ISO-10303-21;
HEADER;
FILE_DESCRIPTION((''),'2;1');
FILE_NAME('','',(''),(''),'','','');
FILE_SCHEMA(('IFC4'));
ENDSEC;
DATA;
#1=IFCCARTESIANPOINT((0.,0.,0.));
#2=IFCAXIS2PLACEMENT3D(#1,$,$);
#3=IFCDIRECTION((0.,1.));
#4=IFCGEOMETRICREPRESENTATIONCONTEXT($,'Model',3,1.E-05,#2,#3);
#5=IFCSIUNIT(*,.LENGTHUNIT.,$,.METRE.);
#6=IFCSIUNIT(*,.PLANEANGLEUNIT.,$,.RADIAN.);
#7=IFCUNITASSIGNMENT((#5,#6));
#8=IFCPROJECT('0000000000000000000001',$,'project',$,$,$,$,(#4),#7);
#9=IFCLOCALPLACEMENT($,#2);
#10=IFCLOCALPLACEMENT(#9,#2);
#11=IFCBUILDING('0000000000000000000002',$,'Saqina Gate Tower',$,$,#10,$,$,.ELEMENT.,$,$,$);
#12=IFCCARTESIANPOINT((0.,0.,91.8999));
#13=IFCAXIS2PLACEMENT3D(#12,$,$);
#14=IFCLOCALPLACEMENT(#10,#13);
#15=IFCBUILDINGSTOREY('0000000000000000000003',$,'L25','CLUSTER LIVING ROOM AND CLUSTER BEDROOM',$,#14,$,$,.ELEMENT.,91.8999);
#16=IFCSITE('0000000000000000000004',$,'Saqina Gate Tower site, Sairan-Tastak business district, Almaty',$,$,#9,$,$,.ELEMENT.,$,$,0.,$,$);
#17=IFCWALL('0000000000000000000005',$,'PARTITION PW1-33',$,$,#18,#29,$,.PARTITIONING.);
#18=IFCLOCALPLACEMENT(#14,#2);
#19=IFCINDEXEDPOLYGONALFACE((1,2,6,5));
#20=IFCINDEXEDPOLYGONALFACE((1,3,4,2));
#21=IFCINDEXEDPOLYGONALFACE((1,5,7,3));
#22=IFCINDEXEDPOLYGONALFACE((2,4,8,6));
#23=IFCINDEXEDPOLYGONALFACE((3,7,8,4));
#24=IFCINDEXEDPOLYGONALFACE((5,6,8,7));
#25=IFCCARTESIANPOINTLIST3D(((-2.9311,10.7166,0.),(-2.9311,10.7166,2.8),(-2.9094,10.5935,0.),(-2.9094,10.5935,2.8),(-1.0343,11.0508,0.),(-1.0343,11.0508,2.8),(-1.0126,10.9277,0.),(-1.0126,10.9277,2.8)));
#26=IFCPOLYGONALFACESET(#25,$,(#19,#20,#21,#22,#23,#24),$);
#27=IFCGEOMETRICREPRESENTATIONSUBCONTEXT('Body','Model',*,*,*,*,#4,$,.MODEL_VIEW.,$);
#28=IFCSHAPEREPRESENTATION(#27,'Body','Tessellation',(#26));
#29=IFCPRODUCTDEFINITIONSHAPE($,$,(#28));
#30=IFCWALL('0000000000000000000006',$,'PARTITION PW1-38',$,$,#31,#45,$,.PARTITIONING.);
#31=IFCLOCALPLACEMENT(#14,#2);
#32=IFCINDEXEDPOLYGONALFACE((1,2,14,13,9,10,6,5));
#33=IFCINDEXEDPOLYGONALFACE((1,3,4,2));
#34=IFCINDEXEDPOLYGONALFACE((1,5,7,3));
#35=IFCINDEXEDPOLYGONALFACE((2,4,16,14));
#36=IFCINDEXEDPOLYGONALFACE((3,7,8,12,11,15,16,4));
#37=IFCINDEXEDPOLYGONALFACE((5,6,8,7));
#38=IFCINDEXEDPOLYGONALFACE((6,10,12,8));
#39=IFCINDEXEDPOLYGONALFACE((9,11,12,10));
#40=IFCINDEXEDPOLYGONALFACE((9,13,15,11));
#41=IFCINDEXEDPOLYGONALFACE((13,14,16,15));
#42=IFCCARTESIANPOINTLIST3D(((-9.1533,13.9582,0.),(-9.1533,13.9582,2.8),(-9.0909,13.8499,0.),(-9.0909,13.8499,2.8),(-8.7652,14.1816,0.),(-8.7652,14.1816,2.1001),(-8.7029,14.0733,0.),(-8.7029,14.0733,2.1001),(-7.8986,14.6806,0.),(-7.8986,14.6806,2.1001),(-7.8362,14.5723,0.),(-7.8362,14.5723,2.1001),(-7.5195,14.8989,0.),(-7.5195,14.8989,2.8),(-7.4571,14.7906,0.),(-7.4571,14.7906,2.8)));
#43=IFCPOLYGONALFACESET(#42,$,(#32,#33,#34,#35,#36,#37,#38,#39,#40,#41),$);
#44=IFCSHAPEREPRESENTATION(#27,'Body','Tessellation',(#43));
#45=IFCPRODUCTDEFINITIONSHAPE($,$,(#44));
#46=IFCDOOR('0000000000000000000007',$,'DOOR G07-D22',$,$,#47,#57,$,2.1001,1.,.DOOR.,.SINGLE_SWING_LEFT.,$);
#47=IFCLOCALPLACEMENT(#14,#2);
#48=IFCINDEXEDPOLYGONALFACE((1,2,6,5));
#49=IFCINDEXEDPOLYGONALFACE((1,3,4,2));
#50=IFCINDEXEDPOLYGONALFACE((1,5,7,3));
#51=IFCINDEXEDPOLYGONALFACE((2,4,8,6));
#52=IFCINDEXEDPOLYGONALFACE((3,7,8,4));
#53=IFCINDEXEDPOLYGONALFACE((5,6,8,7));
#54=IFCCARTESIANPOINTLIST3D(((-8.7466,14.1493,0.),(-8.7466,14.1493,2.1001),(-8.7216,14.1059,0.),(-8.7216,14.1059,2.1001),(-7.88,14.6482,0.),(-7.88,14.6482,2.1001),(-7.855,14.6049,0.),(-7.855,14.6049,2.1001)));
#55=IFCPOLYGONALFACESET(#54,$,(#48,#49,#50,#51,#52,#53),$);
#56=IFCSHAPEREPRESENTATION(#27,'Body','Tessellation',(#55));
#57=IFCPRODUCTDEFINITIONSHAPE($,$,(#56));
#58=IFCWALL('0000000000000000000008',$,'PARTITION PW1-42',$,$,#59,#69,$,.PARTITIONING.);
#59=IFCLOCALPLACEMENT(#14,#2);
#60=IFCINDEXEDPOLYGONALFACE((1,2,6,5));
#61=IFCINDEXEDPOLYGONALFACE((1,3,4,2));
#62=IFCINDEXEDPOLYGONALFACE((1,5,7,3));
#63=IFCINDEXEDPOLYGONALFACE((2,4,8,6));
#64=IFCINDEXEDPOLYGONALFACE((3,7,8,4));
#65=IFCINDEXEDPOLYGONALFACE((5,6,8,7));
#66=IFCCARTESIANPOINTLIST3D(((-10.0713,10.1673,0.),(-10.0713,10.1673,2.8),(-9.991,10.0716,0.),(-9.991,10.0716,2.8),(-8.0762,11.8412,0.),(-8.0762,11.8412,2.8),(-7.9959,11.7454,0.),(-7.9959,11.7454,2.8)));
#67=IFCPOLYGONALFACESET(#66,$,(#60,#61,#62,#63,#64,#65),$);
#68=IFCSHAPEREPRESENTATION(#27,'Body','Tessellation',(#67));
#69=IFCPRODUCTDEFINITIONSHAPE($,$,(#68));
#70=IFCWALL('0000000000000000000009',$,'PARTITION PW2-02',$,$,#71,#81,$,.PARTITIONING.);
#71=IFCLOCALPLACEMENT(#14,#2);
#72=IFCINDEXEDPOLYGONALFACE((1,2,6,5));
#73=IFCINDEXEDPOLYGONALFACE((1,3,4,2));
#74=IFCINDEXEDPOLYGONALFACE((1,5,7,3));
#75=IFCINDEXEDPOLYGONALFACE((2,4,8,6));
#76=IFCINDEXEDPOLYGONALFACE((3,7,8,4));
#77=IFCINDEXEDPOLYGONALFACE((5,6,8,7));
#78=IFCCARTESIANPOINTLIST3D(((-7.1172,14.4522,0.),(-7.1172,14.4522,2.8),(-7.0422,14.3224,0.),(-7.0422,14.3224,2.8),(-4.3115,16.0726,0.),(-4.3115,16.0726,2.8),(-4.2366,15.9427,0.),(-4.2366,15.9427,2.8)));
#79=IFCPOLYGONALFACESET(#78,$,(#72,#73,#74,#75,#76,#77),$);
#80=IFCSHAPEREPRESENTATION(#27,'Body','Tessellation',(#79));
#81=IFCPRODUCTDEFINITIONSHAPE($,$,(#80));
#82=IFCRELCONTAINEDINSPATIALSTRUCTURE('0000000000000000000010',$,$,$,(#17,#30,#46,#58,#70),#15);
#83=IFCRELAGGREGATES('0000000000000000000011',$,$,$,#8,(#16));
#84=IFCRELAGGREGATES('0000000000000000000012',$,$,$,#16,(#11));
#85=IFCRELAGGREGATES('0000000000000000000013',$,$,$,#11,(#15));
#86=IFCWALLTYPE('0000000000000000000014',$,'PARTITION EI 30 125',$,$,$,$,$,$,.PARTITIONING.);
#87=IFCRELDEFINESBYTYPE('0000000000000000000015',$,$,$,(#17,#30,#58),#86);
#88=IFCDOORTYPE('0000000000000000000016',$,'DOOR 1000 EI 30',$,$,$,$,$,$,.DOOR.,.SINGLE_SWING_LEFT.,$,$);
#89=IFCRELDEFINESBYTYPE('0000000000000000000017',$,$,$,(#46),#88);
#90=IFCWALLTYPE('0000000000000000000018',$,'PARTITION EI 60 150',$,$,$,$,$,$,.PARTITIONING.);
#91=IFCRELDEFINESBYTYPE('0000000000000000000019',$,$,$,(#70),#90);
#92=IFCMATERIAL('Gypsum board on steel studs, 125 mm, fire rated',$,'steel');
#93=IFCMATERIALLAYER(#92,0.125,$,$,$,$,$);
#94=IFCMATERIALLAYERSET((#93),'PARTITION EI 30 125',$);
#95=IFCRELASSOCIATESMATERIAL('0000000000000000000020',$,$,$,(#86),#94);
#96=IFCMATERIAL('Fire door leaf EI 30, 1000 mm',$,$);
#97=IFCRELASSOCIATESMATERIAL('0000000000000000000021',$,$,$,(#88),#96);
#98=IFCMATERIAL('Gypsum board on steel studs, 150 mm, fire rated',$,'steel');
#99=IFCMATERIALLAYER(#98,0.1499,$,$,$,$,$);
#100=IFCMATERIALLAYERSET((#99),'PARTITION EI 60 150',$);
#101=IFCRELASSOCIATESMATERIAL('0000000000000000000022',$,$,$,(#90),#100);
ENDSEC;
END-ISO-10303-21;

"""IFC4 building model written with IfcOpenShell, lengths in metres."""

from ifc_helpers import new_model, si_unit, direction, frame, frame_2d, origin, place, context, subcontext, project, spatial, rectangle, extrude, material, layer, layer_set, type_object, element, fill, save


model = new_model("IFC4")

# Units and contexts
model_context = context("Model", 3, precision=1e-05, world=origin(), true_north=direction((0.0, 1.0)))
body_context = subcontext(model_context, "Body", "Model", "MODEL_VIEW")
ifc_project = project(units=[si_unit("LENGTHUNIT", "METRE"), si_unit("PLANEANGLEUNIT", "RADIAN")], contexts=[model_context])

# Site, building, storey
site_placement = place(None, origin())
site = spatial("IfcSite", under=ifc_project, at=site_placement, Name="Saqina Gate Tower site, Sairan-Tastak business district, Almaty", CompositionType="ELEMENT", RefElevation=0.0)
building_placement = place(site_placement, origin())
building = spatial("IfcBuilding", under=site, at=building_placement, Name="Saqina Gate Tower", CompositionType="ELEMENT")
storey_placement = place(building_placement, frame((0.0, 0.0, 91.8999)))
storey = spatial("IfcBuildingStorey", under=building, at=storey_placement, Name="L25", Description="CLUSTER LIVING ROOM AND CLUSTER BEDROOM", CompositionType="ELEMENT", Elevation=91.8999)

# Shared definitions
ifc_material_1 = material(Name="Gypsum board on steel studs, 125 mm, fire rated", Category="steel")
ifc_layer_1 = layer(ifc_material_1, 0.125)
ifc_layer_set_1 = layer_set([ifc_layer_1], Name="PARTITION EI 30 125")
wall_type_1 = type_object("IfcWallType", Name="PARTITION EI 30 125", PredefinedType="PARTITIONING", material=ifc_layer_set_1)

# Shared definitions
ifc_material_2 = material(Name="Fire door leaf EI 30, 1000 mm")
door_type_1 = type_object("IfcDoorType", Name="DOOR 1000 EI 30", OperationType="SINGLE_SWING_LEFT", PredefinedType="DOOR", material=ifc_material_2)

# Wall
wall_1_placement = place(storey_placement, frame((-2.9202, 10.655, 0.0), z_axis=(0.0, 0.0, 1.0), x_axis=(0.984827, 0.173539, 0.0)))
element("IfcWall", 1, at=wall_1_placement, inside=storey, type_object=wall_type_1, Name="PARTITION PW1-33", PredefinedType="PARTITIONING", context=body_context, shape_type="SweptSolid", body=[
    extrude(rectangle(XDim=1.926, YDim=0.125, at=frame_2d((0.9629, 0.0))), origin(), (0.0, 0.0, 1.0), 2.8),
])

# Wall, opening, door
wall_2_placement = place(storey_placement, frame((-9.1221, 13.9041, 0.0), z_axis=(0.0, 0.0, 1.0), x_axis=(0.866621, 0.498967, 0.0)))
wall_2 = element("IfcWall", 2, at=wall_2_placement, inside=storey, type_object=wall_type_1, Name="PARTITION PW1-38", PredefinedType="PARTITIONING", context=body_context, shape_type="SweptSolid", body=[
    extrude(rectangle(XDim=1.8853, YDim=0.125, at=frame_2d((0.9426, 0.0))), origin(), (0.0, 0.0, 1.0), 2.8),
])
opening_1_placement = place(wall_2_placement, frame((0.4478, 0.0, 0.0)))
opening_1 = element("IfcOpeningElement", 3, at=opening_1_placement, cuts=wall_2, PredefinedType="OPENING", context=body_context, shape_type="SweptSolid", body=[
    extrude(rectangle(XDim=1.0, YDim=2.1001, at=frame_2d((0.5, 1.05))), frame((0.0, 0.0745, 0.0), z_axis=(0.0, -1.0, 0.0), x_axis=(1.0, 0.0, 0.0)), (0.0, 0.0, 1.0), 0.1489),
])
door_1_placement = place(opening_1_placement, frame((1.0, 0.0, 0.0), z_axis=(0.0, 0.0, 1.0), x_axis=(-1.0, 0.0, 0.0)))
door_1 = element("IfcDoor", 4, at=door_1_placement, inside=storey, type_object=door_type_1, Name="DOOR G07-D22", OperationType="SINGLE_SWING_LEFT", OverallHeight=2.1001, OverallWidth=1.0, PredefinedType="DOOR", context=body_context, shape_type="SweptSolid", body=[
    extrude(rectangle(XDim=1.0, YDim=2.1001, at=frame_2d((0.5, 1.05))), frame((0.0, 0.0249, 0.0), z_axis=(0.0, -1.0, 0.0), x_axis=(1.0, 0.0, 0.0)), (0.0, 0.0, 1.0), 0.05),
])
fill(opening_1, door_1)

# Walls
wall_3_placement = place(storey_placement, frame((-10.0312, 10.1194, 0.0), z_axis=(0.0, 0.0, 1.0), x_axis=(0.766096, 0.642726, 0.0)))
element("IfcWall", 5, at=wall_3_placement, inside=storey, type_object=wall_type_1, Name="PARTITION PW1-42", PredefinedType="PARTITIONING", context=body_context, shape_type="SweptSolid", body=[
    extrude(rectangle(XDim=2.6042, YDim=0.125, at=frame_2d((1.3022, 0.0))), origin(), (0.0, 0.0, 1.0), 2.8),
])
ifc_material_3 = material(Name="Gypsum board on steel studs, 150 mm, fire rated", Category="steel")
ifc_layer_2 = layer(ifc_material_3, 0.1499)
ifc_layer_set_2 = layer_set([ifc_layer_2], Name="PARTITION EI 60 150")
wall_type_2 = type_object("IfcWallType", Name="PARTITION EI 60 150", PredefinedType="PARTITIONING", material=ifc_layer_set_2)
wall_4_placement = place(storey_placement, frame((-7.0798, 14.3872, 0.0), z_axis=(0.0, 0.0, 1.0), x_axis=(0.865957, 0.500118, 0.0)))
element("IfcWall", 6, at=wall_4_placement, inside=storey, type_object=wall_type_2, Name="PARTITION PW2-02", PredefinedType="PARTITIONING", context=body_context, shape_type="SweptSolid", body=[
    extrude(rectangle(XDim=3.24, YDim=0.1499, at=frame_2d((1.6201, 0.0))), origin(), (0.0, 0.0, 1.0), 2.8),
])

save(model, "model.ifc")
